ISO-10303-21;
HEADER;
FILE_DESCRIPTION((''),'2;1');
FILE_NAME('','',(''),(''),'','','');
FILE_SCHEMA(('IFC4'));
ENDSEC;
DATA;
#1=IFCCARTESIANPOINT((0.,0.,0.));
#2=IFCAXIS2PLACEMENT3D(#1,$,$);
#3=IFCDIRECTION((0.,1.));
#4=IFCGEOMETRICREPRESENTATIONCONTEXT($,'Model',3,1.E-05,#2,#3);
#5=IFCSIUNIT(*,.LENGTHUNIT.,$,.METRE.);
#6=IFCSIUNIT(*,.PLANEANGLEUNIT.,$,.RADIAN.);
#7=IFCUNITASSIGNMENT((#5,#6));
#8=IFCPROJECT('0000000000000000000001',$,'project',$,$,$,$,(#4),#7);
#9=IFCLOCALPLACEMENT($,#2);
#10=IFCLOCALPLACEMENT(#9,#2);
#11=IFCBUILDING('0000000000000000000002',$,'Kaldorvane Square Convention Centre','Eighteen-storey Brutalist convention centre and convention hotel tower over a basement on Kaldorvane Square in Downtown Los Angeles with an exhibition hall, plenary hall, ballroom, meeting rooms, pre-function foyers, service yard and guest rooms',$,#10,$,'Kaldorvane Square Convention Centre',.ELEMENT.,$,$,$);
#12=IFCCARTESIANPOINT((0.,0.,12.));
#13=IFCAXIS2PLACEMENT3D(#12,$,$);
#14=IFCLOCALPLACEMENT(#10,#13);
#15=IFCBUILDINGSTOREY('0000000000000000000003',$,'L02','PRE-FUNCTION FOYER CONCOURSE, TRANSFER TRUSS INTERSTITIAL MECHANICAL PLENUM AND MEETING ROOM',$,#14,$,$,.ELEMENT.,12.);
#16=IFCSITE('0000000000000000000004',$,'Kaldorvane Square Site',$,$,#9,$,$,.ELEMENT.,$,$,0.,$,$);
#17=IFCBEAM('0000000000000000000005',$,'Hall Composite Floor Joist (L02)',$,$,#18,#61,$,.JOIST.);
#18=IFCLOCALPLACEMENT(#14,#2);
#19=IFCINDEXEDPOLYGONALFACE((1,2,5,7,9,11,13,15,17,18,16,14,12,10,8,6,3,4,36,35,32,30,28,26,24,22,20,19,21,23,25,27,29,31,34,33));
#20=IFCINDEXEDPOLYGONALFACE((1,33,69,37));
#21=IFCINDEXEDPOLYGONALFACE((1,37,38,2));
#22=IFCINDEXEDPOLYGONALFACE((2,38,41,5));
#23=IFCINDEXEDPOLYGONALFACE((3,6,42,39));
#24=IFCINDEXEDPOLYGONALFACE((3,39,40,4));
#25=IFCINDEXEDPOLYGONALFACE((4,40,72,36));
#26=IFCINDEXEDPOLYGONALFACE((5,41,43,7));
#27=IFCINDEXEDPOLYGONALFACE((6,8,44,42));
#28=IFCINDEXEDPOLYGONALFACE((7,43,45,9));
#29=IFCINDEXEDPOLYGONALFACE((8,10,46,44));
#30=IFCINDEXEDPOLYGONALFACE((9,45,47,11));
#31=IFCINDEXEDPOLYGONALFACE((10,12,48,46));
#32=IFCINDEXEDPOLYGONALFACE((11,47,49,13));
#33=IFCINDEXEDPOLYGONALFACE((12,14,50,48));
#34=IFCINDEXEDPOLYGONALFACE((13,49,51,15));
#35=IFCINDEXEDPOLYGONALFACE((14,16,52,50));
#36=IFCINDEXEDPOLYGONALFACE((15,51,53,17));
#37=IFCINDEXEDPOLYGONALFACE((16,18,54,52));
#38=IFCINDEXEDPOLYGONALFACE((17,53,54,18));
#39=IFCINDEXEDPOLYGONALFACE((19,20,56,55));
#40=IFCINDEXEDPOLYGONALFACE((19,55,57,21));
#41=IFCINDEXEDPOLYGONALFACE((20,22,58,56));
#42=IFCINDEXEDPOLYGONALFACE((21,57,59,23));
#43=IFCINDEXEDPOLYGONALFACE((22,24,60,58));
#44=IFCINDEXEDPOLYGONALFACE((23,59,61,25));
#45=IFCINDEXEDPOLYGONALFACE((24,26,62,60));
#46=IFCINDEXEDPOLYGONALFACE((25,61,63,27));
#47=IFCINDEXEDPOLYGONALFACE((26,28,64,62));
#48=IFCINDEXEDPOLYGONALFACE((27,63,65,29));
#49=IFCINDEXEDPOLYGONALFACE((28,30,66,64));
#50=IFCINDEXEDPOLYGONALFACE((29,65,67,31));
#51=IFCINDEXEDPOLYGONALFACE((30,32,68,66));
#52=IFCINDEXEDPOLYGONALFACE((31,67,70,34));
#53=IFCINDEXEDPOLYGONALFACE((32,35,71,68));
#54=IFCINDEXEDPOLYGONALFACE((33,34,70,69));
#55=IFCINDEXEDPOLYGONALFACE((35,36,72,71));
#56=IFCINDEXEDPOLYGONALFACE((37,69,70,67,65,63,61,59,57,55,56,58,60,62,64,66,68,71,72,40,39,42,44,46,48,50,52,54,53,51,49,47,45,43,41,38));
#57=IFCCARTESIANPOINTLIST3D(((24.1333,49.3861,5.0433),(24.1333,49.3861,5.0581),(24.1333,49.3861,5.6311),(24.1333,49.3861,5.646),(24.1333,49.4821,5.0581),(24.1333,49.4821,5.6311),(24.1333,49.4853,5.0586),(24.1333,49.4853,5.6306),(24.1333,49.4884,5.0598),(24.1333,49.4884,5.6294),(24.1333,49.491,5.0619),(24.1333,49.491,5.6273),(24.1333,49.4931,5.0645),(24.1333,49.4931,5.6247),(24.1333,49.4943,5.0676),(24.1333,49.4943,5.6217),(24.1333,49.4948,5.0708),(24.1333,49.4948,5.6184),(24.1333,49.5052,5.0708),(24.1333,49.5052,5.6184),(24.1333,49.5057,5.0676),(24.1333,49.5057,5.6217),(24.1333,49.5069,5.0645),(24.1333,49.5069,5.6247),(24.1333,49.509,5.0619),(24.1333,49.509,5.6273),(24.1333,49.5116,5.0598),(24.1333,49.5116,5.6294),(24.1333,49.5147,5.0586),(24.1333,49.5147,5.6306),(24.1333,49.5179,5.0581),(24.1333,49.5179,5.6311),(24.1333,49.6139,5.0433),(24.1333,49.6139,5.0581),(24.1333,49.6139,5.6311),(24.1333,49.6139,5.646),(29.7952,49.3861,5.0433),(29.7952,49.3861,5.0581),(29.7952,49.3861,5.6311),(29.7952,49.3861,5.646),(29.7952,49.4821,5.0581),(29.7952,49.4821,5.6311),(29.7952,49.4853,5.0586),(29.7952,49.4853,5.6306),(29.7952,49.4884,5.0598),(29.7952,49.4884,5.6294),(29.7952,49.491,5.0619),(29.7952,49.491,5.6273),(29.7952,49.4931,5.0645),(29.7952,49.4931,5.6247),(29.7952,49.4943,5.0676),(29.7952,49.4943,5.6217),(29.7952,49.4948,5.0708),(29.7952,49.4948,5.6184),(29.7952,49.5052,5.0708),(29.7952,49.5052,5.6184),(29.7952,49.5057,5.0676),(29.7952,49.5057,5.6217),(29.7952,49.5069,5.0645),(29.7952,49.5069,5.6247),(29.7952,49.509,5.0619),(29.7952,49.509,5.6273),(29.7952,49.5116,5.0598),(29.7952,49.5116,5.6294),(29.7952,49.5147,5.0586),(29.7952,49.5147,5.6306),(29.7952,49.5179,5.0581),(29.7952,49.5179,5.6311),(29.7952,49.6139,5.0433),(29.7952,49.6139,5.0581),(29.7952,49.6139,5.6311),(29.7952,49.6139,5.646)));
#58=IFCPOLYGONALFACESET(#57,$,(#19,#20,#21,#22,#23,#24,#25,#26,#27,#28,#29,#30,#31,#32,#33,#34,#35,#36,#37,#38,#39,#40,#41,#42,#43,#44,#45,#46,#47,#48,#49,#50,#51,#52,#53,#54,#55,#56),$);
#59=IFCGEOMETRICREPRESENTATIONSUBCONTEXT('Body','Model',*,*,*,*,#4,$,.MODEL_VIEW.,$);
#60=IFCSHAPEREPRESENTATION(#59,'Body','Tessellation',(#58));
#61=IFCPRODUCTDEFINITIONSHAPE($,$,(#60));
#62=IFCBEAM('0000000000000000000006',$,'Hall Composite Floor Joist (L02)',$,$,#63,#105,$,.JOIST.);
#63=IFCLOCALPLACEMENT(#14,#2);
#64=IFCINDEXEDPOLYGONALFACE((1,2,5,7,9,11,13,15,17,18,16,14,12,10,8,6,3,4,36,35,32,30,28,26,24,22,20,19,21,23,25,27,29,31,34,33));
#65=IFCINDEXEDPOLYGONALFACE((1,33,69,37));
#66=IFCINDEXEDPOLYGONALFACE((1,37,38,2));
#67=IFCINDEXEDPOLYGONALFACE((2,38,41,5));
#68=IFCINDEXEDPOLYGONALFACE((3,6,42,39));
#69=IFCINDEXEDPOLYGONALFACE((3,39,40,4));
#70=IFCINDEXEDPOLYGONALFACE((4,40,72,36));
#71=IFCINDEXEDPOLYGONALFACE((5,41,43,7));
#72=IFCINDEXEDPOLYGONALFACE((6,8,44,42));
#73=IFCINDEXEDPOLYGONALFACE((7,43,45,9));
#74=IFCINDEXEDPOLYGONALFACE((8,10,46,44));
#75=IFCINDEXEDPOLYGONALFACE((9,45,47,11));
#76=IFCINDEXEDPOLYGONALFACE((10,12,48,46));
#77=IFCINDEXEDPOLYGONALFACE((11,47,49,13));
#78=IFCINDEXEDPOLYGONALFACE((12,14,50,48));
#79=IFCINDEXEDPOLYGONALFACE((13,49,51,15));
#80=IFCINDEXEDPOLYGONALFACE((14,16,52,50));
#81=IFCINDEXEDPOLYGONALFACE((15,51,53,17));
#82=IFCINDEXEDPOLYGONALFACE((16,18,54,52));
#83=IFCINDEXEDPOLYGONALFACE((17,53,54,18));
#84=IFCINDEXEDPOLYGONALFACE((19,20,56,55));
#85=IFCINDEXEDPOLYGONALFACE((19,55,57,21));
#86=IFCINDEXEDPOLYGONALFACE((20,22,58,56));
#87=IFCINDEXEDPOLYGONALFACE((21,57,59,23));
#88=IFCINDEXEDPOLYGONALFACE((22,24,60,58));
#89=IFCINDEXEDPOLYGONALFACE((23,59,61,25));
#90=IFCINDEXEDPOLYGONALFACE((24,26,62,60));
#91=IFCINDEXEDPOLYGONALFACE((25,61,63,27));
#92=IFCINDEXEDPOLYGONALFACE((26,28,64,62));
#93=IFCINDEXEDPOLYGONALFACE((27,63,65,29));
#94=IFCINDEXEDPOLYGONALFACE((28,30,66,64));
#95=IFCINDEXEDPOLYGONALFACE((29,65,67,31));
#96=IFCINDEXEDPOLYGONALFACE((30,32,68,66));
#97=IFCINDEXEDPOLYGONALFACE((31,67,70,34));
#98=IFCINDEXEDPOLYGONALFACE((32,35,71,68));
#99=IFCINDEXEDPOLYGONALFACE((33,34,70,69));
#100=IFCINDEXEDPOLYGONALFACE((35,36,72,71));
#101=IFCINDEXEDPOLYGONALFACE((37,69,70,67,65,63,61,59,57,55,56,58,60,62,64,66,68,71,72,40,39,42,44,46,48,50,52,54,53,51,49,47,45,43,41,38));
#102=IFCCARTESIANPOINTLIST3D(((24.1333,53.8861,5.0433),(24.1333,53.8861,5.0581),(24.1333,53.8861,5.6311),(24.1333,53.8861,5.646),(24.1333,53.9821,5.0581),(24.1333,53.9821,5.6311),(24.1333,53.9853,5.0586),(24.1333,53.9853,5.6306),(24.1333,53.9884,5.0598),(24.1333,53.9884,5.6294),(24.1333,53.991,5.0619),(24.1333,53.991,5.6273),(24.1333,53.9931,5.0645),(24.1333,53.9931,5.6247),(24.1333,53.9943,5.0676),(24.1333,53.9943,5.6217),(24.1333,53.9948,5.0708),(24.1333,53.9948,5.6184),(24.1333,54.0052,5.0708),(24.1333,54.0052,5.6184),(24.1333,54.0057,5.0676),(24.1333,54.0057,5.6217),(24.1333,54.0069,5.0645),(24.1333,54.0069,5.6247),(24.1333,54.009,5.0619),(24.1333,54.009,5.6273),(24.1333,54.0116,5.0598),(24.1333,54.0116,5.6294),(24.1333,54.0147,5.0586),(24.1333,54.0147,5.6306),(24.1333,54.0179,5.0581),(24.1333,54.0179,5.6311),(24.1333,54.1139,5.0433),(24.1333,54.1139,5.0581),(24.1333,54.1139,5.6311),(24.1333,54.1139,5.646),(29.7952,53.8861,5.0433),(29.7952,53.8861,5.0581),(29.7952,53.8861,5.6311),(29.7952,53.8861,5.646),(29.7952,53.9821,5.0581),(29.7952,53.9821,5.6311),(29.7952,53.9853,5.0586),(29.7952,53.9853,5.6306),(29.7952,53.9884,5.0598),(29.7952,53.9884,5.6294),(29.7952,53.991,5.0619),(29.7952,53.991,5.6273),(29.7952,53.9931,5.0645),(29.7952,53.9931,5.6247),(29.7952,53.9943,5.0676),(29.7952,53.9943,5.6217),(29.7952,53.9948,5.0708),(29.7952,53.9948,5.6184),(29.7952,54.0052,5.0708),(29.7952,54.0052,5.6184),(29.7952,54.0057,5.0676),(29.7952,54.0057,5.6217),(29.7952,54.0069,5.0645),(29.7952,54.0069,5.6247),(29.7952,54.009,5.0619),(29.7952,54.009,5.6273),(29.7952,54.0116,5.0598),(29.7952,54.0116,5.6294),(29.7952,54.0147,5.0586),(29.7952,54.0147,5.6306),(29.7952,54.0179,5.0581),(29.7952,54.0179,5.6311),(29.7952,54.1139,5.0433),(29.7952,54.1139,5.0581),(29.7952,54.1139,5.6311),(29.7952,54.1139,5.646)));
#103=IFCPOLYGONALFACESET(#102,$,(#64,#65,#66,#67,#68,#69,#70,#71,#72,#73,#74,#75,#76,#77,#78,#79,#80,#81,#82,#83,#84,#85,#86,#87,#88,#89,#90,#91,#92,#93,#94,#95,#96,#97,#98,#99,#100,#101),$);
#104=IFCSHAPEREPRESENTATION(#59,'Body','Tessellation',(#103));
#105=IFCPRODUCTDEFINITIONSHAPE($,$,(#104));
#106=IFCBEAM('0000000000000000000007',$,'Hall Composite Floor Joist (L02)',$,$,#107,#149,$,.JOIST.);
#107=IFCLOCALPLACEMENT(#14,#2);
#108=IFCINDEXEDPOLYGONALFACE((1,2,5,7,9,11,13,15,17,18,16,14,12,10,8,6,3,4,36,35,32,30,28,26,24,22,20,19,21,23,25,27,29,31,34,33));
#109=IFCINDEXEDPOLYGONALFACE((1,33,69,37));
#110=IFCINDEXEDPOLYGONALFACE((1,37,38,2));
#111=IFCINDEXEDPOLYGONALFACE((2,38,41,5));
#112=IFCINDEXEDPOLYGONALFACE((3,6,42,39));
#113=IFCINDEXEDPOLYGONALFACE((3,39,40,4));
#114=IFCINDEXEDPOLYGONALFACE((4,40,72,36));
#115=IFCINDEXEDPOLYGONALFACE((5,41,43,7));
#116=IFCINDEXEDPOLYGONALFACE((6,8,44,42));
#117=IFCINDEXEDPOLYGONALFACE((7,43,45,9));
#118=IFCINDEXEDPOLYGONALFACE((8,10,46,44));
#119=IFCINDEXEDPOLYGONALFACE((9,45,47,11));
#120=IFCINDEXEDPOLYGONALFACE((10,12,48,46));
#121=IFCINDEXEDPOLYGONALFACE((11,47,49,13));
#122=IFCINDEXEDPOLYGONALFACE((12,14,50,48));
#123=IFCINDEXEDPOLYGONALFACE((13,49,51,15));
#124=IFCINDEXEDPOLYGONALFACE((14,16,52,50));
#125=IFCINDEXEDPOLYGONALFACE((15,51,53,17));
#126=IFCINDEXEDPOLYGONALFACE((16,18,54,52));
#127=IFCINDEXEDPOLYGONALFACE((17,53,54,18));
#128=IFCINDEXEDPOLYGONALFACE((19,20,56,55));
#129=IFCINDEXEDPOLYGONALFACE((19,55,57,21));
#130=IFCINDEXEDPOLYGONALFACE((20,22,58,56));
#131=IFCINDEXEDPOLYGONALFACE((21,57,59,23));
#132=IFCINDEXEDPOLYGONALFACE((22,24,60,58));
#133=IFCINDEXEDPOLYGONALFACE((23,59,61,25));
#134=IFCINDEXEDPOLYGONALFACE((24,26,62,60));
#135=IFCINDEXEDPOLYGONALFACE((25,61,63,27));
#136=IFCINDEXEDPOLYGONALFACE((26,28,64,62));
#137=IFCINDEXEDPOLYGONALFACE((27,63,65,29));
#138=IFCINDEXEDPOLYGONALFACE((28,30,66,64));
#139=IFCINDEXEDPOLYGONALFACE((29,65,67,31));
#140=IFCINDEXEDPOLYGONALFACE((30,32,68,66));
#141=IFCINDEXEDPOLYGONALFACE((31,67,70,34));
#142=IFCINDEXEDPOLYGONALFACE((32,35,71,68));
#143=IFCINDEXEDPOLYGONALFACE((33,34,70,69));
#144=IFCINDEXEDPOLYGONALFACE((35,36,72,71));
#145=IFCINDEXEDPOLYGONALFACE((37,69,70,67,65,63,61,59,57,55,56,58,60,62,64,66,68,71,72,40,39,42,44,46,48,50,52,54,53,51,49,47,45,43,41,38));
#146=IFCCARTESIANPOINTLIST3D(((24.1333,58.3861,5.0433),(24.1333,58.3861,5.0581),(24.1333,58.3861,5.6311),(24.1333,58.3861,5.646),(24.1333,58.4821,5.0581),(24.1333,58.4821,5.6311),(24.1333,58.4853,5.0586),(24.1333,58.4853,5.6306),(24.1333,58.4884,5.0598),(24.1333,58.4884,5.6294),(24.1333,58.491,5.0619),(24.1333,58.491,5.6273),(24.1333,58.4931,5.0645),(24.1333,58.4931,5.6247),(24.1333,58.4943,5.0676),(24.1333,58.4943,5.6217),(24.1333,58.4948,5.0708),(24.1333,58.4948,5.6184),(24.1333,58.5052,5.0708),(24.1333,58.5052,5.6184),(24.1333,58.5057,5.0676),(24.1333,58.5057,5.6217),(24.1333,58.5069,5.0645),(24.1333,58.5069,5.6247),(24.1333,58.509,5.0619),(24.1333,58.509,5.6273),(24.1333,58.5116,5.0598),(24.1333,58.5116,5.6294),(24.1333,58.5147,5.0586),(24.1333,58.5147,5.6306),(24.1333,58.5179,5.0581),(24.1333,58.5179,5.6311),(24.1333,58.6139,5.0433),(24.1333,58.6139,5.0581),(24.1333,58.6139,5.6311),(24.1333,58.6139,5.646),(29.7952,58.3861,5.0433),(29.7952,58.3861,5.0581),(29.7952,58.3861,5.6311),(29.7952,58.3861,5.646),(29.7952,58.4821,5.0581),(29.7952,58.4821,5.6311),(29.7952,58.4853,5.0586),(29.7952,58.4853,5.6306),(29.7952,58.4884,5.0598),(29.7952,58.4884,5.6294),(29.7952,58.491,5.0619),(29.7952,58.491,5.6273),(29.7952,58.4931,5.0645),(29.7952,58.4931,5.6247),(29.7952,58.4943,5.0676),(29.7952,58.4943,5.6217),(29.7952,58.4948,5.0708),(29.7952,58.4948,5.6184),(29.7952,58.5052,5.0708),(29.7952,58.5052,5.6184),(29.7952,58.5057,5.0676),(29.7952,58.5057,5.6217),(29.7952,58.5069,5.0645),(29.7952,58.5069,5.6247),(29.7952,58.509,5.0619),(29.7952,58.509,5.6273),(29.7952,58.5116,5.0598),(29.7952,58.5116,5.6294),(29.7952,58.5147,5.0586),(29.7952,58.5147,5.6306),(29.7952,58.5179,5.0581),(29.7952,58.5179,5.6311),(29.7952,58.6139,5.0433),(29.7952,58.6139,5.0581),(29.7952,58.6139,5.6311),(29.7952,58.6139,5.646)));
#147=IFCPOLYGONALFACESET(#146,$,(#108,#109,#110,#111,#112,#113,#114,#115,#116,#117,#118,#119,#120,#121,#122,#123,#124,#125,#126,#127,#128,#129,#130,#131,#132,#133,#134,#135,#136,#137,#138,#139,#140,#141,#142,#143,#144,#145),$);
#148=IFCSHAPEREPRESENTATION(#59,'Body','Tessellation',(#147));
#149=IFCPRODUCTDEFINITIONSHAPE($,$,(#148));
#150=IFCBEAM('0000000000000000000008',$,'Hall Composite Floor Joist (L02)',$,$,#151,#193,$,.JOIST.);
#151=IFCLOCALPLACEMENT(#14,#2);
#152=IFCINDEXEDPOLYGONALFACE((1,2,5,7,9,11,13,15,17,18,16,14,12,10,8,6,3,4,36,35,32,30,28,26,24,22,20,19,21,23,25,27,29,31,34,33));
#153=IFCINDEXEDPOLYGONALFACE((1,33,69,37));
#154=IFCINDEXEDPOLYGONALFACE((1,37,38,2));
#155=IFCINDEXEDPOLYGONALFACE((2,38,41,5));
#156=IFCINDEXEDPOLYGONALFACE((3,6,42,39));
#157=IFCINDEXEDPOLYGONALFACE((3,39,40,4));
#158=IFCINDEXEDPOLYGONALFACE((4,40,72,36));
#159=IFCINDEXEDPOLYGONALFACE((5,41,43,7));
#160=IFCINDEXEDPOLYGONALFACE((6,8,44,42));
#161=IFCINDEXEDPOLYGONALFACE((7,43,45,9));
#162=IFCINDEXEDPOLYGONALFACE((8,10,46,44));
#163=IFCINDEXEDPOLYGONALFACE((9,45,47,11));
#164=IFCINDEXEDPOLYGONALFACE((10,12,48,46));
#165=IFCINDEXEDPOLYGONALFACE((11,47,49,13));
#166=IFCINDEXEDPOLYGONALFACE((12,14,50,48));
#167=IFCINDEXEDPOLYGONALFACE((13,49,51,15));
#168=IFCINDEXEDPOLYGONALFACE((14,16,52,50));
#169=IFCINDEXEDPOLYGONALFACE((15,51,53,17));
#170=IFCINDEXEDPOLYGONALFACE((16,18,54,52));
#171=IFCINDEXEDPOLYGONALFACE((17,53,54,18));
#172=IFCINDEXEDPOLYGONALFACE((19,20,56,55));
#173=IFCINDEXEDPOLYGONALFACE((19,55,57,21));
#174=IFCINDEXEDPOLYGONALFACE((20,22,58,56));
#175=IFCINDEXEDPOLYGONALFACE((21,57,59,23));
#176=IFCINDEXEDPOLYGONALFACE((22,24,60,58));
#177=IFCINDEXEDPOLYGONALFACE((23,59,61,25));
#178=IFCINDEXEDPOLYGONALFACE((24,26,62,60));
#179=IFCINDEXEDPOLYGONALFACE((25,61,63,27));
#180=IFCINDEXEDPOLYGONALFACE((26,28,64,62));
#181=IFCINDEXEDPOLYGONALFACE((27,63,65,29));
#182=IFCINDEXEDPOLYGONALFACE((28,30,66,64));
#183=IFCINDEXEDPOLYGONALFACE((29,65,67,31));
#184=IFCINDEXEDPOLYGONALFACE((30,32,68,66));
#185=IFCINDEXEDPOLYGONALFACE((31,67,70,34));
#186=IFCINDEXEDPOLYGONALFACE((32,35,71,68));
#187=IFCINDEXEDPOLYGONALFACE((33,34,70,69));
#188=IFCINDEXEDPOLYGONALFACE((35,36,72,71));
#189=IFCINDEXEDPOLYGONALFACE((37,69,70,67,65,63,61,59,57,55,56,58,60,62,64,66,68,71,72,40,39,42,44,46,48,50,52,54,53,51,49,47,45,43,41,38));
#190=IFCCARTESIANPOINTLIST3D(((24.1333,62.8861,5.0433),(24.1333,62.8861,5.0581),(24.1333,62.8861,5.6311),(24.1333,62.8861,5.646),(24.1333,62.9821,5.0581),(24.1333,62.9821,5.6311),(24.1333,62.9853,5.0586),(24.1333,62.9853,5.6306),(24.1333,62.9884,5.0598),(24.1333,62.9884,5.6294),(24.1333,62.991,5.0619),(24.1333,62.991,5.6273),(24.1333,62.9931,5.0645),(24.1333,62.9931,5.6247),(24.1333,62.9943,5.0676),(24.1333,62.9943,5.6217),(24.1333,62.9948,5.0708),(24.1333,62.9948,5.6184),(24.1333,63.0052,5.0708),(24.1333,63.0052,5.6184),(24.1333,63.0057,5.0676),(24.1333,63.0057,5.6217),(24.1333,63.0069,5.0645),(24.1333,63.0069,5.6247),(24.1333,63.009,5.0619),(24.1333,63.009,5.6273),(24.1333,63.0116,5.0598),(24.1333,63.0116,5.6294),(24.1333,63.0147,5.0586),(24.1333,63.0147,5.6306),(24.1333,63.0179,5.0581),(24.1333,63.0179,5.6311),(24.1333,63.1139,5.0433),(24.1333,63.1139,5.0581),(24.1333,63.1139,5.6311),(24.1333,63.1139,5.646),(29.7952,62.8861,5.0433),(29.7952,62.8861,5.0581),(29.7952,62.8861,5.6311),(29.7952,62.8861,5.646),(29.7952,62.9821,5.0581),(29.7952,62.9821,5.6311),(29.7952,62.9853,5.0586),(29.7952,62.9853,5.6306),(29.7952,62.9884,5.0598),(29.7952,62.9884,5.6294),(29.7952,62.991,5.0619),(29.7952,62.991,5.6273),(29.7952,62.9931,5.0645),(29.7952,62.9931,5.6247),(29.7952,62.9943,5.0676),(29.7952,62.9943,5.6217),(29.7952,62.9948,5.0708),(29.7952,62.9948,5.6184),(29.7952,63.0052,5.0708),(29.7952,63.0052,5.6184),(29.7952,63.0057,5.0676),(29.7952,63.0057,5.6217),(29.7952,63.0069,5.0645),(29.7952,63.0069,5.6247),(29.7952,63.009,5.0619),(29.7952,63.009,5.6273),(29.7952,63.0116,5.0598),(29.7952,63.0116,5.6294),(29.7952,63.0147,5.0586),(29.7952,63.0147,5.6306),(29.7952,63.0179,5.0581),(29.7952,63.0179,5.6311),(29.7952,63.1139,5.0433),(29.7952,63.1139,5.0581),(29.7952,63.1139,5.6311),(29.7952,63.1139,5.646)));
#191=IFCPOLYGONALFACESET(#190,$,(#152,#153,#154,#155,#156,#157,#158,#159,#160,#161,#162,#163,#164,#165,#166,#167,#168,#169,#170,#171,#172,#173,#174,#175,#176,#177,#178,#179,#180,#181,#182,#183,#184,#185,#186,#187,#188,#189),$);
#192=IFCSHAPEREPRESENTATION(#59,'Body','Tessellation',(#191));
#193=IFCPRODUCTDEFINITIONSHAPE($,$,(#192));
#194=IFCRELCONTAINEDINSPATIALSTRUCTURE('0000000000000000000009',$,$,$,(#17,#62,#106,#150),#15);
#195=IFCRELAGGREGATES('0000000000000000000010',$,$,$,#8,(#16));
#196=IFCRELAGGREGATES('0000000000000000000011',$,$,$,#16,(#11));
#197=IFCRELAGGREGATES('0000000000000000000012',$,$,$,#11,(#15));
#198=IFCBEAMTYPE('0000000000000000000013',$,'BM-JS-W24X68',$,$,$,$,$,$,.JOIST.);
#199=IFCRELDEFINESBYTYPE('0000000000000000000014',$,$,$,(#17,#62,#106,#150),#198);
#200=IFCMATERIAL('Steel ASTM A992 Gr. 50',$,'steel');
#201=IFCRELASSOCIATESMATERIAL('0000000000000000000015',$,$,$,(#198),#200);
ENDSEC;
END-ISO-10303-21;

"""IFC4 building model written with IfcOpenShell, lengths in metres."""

from ifc_helpers import new_model, si_unit, direction, frame, origin, origin_2d, place, context, subcontext, project, spatial, i_section, extrude, material, material_profile, profile_set, type_object, element, save


model = new_model("IFC4")

# Units and contexts
model_context = context("Model", 3, precision=1e-05, world=origin(), true_north=direction((0.0, 1.0)))
body_context = subcontext(model_context, "Body", "Model", "MODEL_VIEW")
ifc_project = project(units=[si_unit("LENGTHUNIT", "METRE"), si_unit("PLANEANGLEUNIT", "RADIAN")], contexts=[model_context])

# Site, building, storey
site_placement = place(None, origin())
site = spatial("IfcSite", under=ifc_project, at=site_placement, Name="Kaldorvane Square Site", CompositionType="ELEMENT", RefElevation=0.0)
building_placement = place(site_placement, origin())
building = spatial("IfcBuilding", under=site, at=building_placement, Name="Kaldorvane Square Convention Centre", Description="Eighteen-storey Brutalist convention centre and convention hotel tower over a basement on Kaldorvane Square in Downtown Los Angeles with an exhibition hall, plenary hall, ballroom, meeting rooms, pre-function foyers, service yard and guest rooms", LongName="Kaldorvane Square Convention Centre", CompositionType="ELEMENT")
storey_placement = place(building_placement, frame((0.0, 0.0, 12.0)))
storey = spatial("IfcBuildingStorey", under=building, at=storey_placement, Name="L02", Description="PRE-FUNCTION FOYER CONCOURSE, TRANSFER TRUSS INTERSTITIAL MECHANICAL PLENUM AND MEETING ROOM", CompositionType="ELEMENT", Elevation=12.0)

# Beams
ifc_material = material(Name="Steel ASTM A992 Gr. 50", Category="steel")
ifc_material_profile_1 = material_profile(ifc_material, i_section(OverallWidth=0.2277, OverallDepth=0.6027, WebThickness=0.0105, FlangeThickness=0.0149, FilletRadius=0.0127, at=origin_2d()), Name="W24X68")
ifc_profile_set_1 = profile_set([ifc_material_profile_1], Name="Steel ASTM A992 Gr. 50")
beam_type = type_object("IfcBeamType", Name="BM-JS-W24X68", PredefinedType="JOIST", material=ifc_profile_set_1)
for number, where, z_axis, x_axis, name in (
    (1, (24.1333, 49.5, 5.3446), (1.0, 0.0, 0.0), (0.0, 1.0, 0.0), "Hall Composite Floor Joist (L02)"),
    (2, (24.1333, 54.0, 5.3446), (1.0, 0.0, 0.0), (0.0, 1.0, 0.0), "Hall Composite Floor Joist (L02)"),
    (3, (24.1333, 58.5, 5.3446), (1.0, 0.0, 0.0), (0.0, 1.0, 0.0), "Hall Composite Floor Joist (L02)"),
    (4, (24.1333, 63.0, 5.3446), (1.0, 0.0, 0.0), (0.0, 1.0, 0.0), "Hall Composite Floor Joist (L02)"),
):
    element("IfcBeam", number, at=place(storey_placement, frame(where, z_axis=z_axis, x_axis=x_axis)), inside=storey, type_object=beam_type, Name=name, PredefinedType="JOIST", context=body_context, shape_type="SweptSolid", body=[
        extrude(i_section(OverallWidth=0.2277, OverallDepth=0.6027, WebThickness=0.0105, FlangeThickness=0.0149, FilletRadius=0.0127, at=origin_2d()), origin(), (0.0, 0.0, 1.0), 5.6619),
    ])

save(model, "model.ifc")
